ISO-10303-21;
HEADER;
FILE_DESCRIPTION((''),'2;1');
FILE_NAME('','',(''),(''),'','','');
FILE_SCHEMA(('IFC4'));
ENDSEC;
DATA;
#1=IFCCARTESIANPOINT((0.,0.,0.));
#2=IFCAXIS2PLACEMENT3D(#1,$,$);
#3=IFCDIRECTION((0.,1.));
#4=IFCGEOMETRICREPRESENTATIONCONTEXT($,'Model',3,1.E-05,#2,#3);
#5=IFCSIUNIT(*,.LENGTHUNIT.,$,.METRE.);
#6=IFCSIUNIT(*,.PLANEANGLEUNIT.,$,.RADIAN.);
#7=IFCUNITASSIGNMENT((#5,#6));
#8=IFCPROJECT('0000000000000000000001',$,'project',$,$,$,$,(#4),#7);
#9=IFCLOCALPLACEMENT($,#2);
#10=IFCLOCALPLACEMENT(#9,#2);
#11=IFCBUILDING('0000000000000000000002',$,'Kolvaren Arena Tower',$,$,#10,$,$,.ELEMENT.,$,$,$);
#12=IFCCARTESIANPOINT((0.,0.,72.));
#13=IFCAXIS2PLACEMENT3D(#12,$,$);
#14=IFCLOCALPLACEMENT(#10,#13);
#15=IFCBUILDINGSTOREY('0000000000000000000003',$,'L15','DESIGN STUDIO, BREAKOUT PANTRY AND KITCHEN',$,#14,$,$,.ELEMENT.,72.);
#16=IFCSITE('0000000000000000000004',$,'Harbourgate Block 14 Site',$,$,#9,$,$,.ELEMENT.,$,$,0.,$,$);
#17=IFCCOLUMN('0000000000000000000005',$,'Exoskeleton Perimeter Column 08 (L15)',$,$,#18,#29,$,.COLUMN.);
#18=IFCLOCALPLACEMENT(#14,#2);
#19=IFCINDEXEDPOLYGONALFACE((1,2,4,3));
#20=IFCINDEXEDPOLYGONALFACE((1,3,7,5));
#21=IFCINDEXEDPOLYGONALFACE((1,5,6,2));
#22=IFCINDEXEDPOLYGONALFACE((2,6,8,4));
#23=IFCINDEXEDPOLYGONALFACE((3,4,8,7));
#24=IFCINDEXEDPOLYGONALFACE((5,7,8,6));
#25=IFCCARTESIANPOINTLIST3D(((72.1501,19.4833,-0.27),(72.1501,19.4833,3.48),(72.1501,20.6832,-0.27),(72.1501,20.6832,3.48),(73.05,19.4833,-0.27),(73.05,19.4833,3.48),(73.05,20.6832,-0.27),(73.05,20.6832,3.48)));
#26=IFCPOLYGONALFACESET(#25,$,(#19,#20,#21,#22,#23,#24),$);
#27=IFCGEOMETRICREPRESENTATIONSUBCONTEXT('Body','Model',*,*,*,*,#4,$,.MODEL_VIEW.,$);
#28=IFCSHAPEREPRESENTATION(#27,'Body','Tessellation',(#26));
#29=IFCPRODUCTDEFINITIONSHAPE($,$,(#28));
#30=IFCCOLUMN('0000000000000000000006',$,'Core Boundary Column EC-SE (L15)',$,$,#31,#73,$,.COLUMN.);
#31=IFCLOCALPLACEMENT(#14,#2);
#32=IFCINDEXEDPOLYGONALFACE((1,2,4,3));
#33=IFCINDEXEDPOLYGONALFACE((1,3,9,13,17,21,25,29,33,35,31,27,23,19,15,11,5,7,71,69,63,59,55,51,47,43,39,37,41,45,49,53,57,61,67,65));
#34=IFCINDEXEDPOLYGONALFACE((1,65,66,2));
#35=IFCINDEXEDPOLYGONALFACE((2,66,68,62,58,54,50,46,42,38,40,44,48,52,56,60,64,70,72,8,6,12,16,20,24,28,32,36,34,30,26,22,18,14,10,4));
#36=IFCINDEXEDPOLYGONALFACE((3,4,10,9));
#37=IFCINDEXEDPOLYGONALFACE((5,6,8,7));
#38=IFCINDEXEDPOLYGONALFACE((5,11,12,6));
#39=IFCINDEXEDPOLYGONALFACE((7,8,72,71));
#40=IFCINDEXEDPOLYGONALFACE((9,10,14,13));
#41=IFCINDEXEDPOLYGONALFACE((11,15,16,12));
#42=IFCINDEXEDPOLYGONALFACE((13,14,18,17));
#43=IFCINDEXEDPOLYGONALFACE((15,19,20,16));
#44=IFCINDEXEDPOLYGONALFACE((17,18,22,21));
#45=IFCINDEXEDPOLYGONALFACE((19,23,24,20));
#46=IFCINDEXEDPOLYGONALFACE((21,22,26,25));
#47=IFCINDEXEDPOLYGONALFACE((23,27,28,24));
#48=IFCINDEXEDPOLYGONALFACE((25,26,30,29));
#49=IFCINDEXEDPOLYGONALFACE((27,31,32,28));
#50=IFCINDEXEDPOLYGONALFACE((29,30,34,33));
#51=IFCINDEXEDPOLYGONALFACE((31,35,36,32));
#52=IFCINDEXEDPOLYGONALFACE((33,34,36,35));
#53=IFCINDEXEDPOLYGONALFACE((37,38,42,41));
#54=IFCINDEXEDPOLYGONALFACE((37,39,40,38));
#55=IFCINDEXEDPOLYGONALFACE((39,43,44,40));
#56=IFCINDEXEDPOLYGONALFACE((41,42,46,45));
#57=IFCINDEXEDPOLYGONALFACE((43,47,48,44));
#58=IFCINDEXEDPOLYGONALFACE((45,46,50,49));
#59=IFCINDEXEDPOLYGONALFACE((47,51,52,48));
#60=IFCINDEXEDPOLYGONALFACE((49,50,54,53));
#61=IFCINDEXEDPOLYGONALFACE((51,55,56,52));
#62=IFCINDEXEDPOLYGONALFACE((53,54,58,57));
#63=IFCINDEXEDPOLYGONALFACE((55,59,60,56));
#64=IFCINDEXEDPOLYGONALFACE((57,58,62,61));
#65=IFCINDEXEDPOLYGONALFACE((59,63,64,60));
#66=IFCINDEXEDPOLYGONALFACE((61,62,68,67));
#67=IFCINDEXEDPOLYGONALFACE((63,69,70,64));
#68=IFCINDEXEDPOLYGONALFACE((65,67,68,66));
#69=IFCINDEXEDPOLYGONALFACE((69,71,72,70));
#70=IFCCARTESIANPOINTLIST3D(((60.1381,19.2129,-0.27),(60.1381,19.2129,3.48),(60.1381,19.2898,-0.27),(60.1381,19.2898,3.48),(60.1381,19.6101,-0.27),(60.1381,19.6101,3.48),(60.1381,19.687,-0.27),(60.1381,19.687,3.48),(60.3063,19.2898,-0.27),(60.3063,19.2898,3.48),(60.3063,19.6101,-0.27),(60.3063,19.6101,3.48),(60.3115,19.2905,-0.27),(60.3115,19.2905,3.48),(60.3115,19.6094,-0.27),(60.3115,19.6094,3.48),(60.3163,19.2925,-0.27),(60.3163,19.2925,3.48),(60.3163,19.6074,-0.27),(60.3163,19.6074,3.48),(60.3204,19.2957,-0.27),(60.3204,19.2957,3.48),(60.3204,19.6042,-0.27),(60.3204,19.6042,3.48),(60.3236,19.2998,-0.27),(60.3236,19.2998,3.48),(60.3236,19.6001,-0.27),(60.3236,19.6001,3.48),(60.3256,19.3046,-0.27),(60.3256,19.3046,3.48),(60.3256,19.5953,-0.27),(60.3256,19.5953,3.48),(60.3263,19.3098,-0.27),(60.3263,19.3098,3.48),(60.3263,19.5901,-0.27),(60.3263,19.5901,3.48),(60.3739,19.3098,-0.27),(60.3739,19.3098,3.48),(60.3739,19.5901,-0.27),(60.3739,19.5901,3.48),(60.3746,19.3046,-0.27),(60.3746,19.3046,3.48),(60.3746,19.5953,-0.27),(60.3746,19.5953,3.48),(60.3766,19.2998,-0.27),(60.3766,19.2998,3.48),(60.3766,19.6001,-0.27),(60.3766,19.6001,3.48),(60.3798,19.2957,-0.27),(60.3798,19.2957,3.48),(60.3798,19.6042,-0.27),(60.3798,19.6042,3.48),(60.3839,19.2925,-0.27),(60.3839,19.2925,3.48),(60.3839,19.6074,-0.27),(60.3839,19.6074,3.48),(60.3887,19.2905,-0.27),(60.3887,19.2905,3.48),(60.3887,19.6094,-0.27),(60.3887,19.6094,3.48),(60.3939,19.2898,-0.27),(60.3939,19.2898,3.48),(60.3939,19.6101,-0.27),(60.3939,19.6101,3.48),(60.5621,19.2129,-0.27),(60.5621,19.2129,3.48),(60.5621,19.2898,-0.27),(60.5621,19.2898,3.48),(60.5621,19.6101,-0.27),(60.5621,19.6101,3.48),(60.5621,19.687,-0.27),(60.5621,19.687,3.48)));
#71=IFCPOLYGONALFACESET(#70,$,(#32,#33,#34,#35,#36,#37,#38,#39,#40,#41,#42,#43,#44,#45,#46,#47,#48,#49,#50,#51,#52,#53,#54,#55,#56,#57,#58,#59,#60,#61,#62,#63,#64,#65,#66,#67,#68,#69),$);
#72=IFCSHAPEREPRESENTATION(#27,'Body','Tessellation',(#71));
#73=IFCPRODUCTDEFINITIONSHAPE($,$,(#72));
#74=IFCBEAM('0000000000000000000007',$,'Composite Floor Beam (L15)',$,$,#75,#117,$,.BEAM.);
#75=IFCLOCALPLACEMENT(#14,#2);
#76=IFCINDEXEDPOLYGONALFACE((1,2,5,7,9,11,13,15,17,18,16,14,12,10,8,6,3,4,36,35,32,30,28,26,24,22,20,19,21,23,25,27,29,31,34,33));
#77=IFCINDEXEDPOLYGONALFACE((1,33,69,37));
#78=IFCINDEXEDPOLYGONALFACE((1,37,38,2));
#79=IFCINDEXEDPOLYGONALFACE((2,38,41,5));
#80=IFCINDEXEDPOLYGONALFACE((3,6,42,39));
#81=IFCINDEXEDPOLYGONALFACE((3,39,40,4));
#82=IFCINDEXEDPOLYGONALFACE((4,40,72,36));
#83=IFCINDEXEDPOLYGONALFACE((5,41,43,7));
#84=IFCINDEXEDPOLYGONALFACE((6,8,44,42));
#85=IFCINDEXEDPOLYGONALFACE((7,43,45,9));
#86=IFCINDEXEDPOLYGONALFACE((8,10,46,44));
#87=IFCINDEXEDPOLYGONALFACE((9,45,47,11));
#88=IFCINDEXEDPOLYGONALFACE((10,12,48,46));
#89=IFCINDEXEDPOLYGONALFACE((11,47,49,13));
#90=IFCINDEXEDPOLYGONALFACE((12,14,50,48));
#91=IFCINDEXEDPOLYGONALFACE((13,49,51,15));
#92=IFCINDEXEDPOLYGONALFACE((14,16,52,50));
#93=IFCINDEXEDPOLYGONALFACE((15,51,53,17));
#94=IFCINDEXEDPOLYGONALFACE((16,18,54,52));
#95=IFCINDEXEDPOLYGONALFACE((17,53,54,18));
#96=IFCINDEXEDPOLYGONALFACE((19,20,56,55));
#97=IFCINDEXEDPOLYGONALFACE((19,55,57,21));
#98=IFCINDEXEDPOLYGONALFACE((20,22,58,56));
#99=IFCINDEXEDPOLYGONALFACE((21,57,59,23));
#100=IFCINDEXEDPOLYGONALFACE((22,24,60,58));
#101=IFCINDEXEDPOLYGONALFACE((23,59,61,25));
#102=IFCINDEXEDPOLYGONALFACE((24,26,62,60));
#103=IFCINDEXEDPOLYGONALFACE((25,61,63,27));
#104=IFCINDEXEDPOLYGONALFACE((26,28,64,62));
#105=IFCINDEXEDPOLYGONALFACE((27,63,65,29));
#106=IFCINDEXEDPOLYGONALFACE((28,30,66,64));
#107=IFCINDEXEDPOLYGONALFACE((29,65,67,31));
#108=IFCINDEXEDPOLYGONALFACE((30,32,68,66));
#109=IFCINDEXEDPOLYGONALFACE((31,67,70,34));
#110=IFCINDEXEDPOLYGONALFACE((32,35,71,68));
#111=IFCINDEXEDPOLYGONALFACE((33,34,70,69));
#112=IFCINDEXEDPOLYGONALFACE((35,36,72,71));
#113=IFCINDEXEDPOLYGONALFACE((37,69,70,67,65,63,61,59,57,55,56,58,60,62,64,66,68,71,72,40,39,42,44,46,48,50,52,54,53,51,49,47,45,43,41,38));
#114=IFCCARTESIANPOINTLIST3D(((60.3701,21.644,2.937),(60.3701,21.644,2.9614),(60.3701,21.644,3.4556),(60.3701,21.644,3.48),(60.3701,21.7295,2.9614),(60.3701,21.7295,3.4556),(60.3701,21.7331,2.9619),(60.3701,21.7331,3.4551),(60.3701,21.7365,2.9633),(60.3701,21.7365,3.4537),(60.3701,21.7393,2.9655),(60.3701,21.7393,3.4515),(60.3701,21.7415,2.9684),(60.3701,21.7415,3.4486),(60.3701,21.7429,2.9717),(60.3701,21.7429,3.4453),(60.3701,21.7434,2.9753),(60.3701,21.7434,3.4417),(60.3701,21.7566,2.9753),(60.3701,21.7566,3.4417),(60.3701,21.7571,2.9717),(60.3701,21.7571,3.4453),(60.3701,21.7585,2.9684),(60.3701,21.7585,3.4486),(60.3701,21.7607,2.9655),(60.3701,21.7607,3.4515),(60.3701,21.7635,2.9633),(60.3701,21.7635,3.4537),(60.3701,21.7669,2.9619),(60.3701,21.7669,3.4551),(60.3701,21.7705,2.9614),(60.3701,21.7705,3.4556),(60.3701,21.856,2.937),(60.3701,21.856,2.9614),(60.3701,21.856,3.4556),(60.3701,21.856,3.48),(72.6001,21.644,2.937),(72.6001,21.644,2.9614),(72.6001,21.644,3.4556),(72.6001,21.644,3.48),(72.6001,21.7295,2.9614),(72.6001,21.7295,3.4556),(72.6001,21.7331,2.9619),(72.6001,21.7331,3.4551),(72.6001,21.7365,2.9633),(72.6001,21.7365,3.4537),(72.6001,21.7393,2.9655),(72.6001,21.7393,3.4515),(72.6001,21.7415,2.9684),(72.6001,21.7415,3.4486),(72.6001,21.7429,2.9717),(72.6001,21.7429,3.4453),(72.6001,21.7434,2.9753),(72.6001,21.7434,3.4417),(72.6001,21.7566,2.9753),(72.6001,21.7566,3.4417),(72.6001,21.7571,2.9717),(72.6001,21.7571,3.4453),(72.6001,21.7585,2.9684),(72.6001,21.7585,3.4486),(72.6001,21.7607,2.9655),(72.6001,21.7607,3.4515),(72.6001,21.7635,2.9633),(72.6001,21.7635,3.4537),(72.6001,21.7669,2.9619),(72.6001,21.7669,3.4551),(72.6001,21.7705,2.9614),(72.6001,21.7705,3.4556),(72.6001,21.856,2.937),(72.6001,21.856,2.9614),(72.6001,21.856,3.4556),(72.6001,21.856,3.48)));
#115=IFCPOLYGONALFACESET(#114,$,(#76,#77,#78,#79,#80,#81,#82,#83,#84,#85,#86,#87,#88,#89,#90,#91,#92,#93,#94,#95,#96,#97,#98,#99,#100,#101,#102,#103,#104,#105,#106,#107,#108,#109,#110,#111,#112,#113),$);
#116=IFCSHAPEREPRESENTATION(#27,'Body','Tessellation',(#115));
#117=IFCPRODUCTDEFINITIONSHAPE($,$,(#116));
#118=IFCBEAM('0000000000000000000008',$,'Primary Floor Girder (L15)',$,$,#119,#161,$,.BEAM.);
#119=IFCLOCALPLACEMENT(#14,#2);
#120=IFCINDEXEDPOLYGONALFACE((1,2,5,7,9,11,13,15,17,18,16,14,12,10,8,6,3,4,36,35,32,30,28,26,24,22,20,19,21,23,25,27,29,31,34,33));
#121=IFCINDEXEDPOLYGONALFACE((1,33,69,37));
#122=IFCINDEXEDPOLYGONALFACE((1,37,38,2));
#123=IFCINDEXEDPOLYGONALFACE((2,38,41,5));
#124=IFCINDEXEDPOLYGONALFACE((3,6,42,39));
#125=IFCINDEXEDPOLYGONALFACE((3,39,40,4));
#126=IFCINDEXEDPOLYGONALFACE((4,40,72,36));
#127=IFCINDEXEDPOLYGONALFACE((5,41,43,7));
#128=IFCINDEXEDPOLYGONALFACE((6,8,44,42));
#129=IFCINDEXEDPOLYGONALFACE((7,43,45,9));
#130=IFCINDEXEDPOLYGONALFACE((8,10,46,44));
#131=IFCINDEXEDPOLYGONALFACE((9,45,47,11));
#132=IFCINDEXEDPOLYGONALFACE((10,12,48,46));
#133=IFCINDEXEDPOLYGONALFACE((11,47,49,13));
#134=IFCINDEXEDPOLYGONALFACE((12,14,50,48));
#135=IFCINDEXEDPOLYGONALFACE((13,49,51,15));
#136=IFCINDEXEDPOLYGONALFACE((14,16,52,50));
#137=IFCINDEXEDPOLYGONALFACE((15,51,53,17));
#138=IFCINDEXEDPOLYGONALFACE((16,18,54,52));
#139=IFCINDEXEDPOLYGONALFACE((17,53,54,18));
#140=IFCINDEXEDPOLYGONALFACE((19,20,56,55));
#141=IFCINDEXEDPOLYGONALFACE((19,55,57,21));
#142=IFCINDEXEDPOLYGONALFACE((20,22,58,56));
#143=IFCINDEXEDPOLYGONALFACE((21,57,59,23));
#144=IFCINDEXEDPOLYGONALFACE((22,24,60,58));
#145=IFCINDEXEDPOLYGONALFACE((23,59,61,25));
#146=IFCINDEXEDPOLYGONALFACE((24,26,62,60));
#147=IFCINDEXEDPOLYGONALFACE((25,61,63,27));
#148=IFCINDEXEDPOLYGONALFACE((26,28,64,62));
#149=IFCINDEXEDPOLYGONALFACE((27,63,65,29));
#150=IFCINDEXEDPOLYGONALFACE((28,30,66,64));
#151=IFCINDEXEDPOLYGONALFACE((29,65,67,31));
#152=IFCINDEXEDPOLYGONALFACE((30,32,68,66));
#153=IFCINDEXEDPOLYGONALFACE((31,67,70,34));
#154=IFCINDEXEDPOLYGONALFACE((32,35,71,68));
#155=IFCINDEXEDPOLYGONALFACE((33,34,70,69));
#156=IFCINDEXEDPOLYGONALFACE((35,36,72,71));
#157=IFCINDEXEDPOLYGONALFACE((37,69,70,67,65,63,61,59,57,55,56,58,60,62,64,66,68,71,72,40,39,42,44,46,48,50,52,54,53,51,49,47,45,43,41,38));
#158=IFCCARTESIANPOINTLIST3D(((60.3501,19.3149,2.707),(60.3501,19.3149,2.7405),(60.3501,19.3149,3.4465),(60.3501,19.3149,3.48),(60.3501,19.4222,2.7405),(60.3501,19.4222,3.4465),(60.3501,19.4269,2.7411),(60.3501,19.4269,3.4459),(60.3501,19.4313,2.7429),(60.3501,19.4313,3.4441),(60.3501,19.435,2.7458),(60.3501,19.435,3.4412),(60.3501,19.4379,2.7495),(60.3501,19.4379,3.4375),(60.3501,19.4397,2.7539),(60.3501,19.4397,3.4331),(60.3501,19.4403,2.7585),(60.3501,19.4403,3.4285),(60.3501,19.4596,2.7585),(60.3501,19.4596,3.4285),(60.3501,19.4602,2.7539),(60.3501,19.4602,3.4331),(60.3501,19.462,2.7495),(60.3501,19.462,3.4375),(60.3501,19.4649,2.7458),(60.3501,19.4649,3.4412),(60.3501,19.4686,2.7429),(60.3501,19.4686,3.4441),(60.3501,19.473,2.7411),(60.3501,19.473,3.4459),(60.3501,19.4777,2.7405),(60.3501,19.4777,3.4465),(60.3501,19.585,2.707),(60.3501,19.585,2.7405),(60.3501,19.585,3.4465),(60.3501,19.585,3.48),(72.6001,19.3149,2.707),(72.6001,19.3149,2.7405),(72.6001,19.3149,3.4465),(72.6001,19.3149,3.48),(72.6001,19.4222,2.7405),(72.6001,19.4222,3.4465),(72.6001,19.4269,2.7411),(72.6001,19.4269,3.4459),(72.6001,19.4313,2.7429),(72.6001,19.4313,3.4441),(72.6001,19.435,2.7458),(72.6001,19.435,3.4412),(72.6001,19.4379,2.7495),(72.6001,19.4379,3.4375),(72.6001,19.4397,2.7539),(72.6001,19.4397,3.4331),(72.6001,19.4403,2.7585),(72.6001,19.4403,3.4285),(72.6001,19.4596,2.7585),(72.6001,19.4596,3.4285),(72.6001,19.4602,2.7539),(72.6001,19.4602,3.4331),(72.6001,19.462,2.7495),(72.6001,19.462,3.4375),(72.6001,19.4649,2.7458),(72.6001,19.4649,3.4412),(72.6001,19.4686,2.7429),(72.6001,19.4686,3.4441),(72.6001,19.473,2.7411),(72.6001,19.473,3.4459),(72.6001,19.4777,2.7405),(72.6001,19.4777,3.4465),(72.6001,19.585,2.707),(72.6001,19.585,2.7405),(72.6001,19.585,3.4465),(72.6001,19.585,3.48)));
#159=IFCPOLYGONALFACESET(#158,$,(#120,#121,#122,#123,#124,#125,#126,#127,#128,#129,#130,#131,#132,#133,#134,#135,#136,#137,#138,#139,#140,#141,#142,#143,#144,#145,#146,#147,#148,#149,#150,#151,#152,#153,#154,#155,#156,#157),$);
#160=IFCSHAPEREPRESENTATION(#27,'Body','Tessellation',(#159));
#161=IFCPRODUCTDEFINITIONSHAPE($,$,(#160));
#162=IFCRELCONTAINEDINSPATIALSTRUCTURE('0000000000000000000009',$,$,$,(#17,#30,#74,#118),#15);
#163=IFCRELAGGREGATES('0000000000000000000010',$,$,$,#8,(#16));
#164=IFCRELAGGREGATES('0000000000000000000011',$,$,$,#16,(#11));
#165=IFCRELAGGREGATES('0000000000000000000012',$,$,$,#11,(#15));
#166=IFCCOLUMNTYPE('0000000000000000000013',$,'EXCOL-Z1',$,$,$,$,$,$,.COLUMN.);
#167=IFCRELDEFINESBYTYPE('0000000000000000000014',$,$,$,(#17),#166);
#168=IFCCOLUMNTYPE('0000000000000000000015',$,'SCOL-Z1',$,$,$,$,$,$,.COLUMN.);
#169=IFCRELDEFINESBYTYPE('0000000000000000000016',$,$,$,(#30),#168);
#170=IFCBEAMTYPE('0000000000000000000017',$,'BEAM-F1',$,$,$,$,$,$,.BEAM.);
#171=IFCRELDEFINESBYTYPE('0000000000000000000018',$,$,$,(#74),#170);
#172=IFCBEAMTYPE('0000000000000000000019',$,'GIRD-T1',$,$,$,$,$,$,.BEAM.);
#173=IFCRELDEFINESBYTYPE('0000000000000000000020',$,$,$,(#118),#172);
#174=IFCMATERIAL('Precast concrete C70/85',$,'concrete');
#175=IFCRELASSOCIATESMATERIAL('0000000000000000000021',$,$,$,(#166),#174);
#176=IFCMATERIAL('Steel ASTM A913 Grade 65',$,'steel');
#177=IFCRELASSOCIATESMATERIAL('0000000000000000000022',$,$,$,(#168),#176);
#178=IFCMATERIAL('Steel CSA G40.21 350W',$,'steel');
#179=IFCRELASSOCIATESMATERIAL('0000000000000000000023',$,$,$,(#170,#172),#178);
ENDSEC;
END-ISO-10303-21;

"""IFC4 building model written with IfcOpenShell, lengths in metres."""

from ifc_helpers import new_model, si_unit, direction, frame, origin, origin_2d, place, context, subcontext, project, spatial, rectangle, i_section, extrude, material, material_profile, profile_set, type_object, element, save


model = new_model("IFC4")

# Units and contexts
model_context = context("Model", 3, precision=1e-05, world=origin(), true_north=direction((0.0, 1.0)))
body_context = subcontext(model_context, "Body", "Model", "MODEL_VIEW")
ifc_project = project(units=[si_unit("LENGTHUNIT", "METRE"), si_unit("PLANEANGLEUNIT", "RADIAN")], contexts=[model_context])

# Site, building, storey
site_placement = place(None, origin())
site = spatial("IfcSite", under=ifc_project, at=site_placement, Name="Harbourgate Block 14 Site", CompositionType="ELEMENT", RefElevation=0.0)
building_placement = place(site_placement, origin())
building = spatial("IfcBuilding", under=site, at=building_placement, Name="Kolvaren Arena Tower", CompositionType="ELEMENT")
storey_placement = place(building_placement, frame((0.0, 0.0, 72.0)))
storey = spatial("IfcBuildingStorey", under=building, at=storey_placement, Name="L15", Description="DESIGN STUDIO, BREAKOUT PANTRY AND KITCHEN", CompositionType="ELEMENT", Elevation=72.0)

# Columns
ifc_material_1 = material(Name="Precast concrete C70/85", Category="concrete")
ifc_material_profile_1 = material_profile(ifc_material_1, rectangle(XDim=1.2, YDim=0.8999, at=origin_2d()), Name="RC-1200x900")
ifc_profile_set_1 = profile_set([ifc_material_profile_1], Name="Precast concrete C70/85")
column_type_1 = type_object("IfcColumnType", Name="EXCOL-Z1", PredefinedType="COLUMN", material=ifc_profile_set_1)
column_1_placement = place(storey_placement, frame((72.6001, 20.0833, -0.27), z_axis=(0.0, 0.0, 1.0), x_axis=(0.0, 1.0, 0.0)))
element("IfcColumn", 1, at=column_1_placement, inside=storey, type_object=column_type_1, Name="Exoskeleton Perimeter Column 08 (L15)", PredefinedType="COLUMN", context=body_context, shape_type="SweptSolid", body=[
    extrude(rectangle(XDim=1.2, YDim=0.8999, at=origin_2d()), origin(), (0.0, 0.0, 1.0), 3.75),
])
ifc_material_2 = material(Name="Steel ASTM A913 Grade 65", Category="steel")
ifc_material_profile_2 = material_profile(ifc_material_2, i_section(OverallWidth=0.4241, OverallDepth=0.4741, WebThickness=0.0476, FlangeThickness=0.0769, FilletRadius=0.02, at=origin_2d()), Name="W360x634")
ifc_profile_set_2 = profile_set([ifc_material_profile_2], Name="Steel ASTM A913 Grade 65")
column_type_2 = type_object("IfcColumnType", Name="SCOL-Z1", PredefinedType="COLUMN", material=ifc_profile_set_2)
column_2_placement = place(storey_placement, frame((60.3501, 19.45, -0.27), z_axis=(0.0, 0.0, 1.0), x_axis=(1.0, 0.0, 0.0)))
element("IfcColumn", 2, at=column_2_placement, inside=storey, type_object=column_type_2, Name="Core Boundary Column EC-SE (L15)", PredefinedType="COLUMN", context=body_context, shape_type="SweptSolid", body=[
    extrude(i_section(OverallWidth=0.4241, OverallDepth=0.4741, WebThickness=0.0476, FlangeThickness=0.0769, FilletRadius=0.02, at=origin_2d()), origin(), (0.0, 0.0, 1.0), 3.75),
])

# Beams
ifc_material_3 = material(Name="Steel CSA G40.21 350W", Category="steel")
ifc_material_profile_3 = material_profile(ifc_material_3, i_section(OverallWidth=0.2119, OverallDepth=0.543, WebThickness=0.0132, FlangeThickness=0.0244, FilletRadius=0.0139, at=origin_2d()), Name="W530x150")
ifc_profile_set_3 = profile_set([ifc_material_profile_3], Name="Steel CSA G40.21 350W")
beam_type_1 = type_object("IfcBeamType", Name="BEAM-F1", PredefinedType="BEAM", material=ifc_profile_set_3)
beam_1_placement = place(storey_placement, frame((60.3701, 21.75, 3.2085), z_axis=(1.0, 0.0, 0.0), x_axis=(0.0, 1.0, 0.0)))
element("IfcBeam", 3, at=beam_1_placement, inside=storey, type_object=beam_type_1, Name="Composite Floor Beam (L15)", PredefinedType="BEAM", context=body_context, shape_type="SweptSolid", body=[
    extrude(i_section(OverallWidth=0.2119, OverallDepth=0.543, WebThickness=0.0132, FlangeThickness=0.0244, FilletRadius=0.0139, at=origin_2d()), origin(), (0.0, 0.0, 1.0), 12.23),
])
ifc_material_profile_4 = material_profile(ifc_material_3, i_section(OverallWidth=0.27, OverallDepth=0.7729, WebThickness=0.0193, FlangeThickness=0.0334, FilletRadius=0.0181, at=origin_2d()), Name="W760x257")
ifc_profile_set_4 = profile_set([ifc_material_profile_4], Name="Steel CSA G40.21 350W")
beam_type_2 = type_object("IfcBeamType", Name="GIRD-T1", PredefinedType="BEAM", material=ifc_profile_set_4)
beam_2_placement = place(storey_placement, frame((60.3501, 19.45, 3.0935), z_axis=(1.0, 0.0, 0.0), x_axis=(0.0, 1.0, 0.0)))
element("IfcBeam", 4, at=beam_2_placement, inside=storey, type_object=beam_type_2, Name="Primary Floor Girder (L15)", PredefinedType="BEAM", context=body_context, shape_type="SweptSolid", body=[
    extrude(i_section(OverallWidth=0.27, OverallDepth=0.7729, WebThickness=0.0193, FlangeThickness=0.0334, FilletRadius=0.0181, at=origin_2d()), origin(), (0.0, 0.0, 1.0), 12.25),
])

save(model, "model.ifc")
